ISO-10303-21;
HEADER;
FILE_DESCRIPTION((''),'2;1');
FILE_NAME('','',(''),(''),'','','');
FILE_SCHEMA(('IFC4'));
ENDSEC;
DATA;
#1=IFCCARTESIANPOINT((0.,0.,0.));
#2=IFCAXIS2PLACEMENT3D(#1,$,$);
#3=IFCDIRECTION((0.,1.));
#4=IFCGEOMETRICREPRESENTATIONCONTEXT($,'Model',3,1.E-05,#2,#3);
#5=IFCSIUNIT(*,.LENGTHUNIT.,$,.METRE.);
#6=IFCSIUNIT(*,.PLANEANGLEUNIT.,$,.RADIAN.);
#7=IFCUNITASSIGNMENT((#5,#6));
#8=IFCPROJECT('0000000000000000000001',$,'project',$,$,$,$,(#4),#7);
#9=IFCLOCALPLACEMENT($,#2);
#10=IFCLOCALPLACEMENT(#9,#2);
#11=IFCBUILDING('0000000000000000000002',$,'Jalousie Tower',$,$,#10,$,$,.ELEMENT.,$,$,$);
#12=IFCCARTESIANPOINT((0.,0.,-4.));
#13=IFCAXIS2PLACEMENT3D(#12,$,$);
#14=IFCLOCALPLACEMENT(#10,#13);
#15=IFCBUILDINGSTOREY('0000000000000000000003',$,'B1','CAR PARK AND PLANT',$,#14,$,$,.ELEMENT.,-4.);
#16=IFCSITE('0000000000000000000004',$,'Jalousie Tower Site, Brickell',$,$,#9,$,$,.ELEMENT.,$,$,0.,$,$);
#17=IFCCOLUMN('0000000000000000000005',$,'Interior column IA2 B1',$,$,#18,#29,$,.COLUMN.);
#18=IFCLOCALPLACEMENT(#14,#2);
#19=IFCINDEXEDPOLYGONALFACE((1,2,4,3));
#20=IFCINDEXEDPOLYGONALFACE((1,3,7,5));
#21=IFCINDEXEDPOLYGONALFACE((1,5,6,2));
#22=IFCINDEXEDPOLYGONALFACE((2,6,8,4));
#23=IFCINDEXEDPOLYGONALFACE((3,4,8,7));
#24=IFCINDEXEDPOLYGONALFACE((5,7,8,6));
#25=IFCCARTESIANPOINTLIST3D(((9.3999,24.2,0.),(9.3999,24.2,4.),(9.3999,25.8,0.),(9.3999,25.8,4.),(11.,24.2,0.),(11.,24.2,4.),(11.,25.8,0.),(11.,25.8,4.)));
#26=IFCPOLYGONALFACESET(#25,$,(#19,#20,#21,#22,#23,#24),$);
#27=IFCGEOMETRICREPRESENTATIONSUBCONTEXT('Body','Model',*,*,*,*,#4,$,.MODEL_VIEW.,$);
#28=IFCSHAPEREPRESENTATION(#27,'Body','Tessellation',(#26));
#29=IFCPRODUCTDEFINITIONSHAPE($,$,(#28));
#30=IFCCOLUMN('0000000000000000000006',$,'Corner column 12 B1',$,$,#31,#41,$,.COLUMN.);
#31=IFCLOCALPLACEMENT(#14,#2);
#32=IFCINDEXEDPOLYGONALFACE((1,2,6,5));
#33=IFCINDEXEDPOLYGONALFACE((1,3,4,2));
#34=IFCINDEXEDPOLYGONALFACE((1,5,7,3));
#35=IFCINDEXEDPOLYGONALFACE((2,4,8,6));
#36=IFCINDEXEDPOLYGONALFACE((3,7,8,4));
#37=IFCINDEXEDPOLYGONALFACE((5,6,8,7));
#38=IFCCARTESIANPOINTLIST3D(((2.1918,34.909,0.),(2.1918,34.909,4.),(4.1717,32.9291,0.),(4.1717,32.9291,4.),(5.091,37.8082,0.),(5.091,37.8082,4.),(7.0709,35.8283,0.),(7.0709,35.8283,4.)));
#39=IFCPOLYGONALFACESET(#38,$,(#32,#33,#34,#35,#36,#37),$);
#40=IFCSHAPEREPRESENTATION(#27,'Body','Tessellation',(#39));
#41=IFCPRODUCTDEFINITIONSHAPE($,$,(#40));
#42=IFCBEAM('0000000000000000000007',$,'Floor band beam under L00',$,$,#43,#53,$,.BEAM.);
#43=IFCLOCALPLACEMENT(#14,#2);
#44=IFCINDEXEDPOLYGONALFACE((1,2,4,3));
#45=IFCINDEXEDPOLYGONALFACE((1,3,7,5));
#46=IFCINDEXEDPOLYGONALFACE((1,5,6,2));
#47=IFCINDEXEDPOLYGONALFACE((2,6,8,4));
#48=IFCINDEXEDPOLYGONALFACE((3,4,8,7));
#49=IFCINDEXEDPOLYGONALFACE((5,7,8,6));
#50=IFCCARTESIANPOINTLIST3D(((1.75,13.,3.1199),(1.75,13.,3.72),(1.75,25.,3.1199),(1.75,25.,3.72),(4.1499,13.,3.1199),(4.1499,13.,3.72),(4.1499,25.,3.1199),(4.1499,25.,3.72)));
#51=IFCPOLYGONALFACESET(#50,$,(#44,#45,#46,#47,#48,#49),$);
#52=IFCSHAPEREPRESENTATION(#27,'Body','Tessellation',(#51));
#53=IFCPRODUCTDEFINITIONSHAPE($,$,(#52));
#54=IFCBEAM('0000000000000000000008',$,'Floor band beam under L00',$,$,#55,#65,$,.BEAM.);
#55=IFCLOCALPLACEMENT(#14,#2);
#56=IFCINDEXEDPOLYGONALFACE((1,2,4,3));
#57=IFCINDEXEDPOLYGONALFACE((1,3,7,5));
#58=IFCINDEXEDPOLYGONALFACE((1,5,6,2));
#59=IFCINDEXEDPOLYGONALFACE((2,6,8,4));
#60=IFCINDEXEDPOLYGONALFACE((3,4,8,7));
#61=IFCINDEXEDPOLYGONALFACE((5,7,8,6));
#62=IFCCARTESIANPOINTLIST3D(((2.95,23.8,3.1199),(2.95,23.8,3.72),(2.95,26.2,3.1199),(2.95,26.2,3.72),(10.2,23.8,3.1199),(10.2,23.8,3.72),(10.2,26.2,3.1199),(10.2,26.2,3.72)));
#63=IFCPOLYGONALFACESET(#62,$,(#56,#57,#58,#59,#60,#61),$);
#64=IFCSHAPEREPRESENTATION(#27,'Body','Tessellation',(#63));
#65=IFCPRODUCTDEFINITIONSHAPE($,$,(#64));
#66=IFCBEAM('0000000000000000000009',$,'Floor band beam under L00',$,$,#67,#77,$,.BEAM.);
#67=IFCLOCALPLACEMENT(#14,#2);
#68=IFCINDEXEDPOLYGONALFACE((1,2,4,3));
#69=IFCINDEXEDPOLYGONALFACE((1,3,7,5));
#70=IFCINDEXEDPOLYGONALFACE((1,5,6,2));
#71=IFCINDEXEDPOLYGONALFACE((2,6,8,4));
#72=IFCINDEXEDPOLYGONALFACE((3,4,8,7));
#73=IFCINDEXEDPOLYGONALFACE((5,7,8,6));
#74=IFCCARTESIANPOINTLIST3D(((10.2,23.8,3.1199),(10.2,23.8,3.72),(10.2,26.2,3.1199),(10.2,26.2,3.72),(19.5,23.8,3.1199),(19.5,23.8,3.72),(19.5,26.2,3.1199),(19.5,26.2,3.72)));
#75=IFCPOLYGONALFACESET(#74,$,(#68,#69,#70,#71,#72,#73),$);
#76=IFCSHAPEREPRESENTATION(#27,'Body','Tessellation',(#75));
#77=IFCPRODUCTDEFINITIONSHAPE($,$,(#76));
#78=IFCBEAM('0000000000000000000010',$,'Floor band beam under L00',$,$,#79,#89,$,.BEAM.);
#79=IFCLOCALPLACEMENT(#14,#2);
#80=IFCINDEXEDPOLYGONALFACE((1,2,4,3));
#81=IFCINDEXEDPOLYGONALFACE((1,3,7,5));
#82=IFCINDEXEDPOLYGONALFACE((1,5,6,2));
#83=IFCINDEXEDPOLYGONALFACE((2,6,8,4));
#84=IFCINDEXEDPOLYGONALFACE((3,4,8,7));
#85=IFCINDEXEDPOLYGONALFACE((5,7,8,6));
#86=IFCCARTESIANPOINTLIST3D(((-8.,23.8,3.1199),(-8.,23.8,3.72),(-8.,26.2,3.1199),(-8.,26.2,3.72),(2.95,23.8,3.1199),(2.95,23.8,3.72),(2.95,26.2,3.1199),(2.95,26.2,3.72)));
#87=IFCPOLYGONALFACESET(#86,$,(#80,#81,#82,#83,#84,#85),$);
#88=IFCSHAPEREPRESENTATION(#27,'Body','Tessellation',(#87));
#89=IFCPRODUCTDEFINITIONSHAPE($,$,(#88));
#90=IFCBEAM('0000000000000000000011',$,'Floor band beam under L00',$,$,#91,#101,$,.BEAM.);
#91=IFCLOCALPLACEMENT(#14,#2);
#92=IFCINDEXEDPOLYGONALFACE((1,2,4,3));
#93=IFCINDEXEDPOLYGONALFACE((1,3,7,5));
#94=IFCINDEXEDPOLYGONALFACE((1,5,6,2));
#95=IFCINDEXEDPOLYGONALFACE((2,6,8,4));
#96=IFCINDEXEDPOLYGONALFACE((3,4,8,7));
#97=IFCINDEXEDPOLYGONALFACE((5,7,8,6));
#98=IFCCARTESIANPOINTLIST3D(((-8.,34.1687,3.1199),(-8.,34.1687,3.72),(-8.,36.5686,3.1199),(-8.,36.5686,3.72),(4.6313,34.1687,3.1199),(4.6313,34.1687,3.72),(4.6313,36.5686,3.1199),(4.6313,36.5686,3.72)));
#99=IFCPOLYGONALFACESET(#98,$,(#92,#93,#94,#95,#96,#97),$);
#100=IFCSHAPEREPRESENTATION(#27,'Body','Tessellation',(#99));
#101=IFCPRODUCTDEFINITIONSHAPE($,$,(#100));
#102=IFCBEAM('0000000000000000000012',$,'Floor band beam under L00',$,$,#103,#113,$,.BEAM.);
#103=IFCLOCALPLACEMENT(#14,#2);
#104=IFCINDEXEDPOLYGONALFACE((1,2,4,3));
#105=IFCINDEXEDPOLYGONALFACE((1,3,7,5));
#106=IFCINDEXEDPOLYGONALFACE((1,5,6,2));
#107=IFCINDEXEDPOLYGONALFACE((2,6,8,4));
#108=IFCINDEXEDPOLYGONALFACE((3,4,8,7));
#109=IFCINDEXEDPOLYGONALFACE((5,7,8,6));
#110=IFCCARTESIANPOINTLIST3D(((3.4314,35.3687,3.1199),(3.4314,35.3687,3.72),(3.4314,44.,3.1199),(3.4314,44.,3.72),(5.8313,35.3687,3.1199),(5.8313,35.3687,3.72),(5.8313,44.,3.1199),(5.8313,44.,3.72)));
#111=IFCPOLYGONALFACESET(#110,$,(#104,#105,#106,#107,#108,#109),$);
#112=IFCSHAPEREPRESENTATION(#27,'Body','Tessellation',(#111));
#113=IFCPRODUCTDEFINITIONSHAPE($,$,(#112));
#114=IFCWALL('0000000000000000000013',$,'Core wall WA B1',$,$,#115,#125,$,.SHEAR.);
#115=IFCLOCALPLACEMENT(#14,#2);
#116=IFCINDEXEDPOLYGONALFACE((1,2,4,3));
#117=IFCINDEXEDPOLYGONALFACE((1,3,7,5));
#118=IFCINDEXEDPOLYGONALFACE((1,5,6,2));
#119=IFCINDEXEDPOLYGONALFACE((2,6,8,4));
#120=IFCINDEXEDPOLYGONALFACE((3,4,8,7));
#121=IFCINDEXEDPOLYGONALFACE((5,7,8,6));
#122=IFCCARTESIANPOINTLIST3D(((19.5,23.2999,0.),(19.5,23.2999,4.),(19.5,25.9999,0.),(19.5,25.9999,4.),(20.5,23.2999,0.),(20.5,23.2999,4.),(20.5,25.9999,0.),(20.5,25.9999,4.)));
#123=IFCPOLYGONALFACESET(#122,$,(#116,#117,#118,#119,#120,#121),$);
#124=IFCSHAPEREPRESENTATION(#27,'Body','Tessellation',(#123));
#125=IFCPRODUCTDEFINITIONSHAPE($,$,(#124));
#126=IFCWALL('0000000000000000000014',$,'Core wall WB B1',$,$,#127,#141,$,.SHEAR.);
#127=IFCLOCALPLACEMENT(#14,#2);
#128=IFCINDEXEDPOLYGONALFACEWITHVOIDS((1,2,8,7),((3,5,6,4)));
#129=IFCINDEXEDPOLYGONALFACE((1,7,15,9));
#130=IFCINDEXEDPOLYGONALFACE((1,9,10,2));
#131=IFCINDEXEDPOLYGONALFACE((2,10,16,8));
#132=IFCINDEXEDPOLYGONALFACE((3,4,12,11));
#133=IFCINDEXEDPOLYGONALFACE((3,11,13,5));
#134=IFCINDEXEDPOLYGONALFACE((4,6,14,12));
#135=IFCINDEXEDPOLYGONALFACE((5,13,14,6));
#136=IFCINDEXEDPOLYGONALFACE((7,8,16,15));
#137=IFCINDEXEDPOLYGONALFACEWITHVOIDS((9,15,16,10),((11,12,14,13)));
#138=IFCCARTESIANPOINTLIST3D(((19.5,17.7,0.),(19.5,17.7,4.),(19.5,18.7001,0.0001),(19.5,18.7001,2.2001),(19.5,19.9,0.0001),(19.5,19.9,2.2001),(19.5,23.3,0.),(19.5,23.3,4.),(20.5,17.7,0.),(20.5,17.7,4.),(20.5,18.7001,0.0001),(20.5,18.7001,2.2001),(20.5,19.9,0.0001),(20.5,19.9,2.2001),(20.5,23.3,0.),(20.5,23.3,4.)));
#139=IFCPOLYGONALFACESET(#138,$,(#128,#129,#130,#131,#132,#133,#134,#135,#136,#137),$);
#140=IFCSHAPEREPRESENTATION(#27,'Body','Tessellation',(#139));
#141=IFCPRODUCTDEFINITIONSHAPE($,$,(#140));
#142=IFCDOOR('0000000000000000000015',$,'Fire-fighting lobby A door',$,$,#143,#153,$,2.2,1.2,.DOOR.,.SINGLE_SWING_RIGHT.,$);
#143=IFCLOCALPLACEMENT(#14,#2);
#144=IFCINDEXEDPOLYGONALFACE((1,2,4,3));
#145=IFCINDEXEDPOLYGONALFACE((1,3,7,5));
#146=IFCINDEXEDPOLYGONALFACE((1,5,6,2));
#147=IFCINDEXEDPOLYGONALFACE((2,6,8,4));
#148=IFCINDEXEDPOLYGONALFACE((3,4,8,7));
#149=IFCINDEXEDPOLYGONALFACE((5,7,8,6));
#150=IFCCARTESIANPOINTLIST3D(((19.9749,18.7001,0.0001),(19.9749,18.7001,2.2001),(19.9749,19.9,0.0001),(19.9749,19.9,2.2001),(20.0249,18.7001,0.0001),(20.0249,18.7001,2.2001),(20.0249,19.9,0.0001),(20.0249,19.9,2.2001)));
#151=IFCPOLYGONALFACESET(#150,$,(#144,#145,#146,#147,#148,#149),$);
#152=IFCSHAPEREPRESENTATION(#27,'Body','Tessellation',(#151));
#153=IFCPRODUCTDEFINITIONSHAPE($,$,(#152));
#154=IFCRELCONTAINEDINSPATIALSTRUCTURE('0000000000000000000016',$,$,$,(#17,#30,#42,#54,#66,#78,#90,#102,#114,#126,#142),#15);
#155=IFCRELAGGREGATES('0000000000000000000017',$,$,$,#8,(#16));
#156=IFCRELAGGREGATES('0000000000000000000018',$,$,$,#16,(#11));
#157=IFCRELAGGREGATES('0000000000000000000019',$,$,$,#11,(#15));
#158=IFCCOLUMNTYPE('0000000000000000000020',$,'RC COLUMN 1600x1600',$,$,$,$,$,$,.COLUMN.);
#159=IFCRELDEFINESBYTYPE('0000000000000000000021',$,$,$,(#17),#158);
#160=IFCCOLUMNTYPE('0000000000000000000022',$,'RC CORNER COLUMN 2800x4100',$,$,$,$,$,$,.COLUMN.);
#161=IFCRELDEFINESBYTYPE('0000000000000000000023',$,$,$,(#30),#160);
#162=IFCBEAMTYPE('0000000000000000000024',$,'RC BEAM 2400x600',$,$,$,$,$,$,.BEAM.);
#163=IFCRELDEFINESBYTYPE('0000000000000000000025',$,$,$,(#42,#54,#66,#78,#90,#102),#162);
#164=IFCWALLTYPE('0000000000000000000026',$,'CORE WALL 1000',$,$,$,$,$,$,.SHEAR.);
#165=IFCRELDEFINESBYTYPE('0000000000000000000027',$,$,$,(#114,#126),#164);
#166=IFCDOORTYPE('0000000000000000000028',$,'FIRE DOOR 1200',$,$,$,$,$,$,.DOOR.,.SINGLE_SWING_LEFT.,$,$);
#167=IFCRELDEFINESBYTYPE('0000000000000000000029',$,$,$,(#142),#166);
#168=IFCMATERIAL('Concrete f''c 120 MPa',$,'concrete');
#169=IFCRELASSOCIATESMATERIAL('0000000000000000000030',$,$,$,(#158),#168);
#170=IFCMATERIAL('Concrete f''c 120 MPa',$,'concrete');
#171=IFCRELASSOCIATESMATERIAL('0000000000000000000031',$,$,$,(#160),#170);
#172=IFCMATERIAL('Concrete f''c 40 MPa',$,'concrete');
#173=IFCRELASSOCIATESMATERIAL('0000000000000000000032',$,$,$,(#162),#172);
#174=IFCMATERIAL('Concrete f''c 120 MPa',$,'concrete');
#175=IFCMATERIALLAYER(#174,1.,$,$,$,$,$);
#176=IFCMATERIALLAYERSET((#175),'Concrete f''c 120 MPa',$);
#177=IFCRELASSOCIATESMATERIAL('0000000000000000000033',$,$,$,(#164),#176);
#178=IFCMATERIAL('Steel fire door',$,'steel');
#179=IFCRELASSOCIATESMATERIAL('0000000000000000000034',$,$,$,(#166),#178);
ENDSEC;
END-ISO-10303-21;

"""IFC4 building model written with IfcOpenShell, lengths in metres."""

from ifc_helpers import new_model, si_unit, direction, frame, frame_2d, origin, origin_2d, place, context, subcontext, project, spatial, rectangle, extrude, material, layer, layer_set, material_profile, profile_set, type_object, element, fill, save


model = new_model("IFC4")

# Units and contexts
model_context = context("Model", 3, precision=1e-05, world=origin(), true_north=direction((0.0, 1.0)))
body_context = subcontext(model_context, "Body", "Model", "MODEL_VIEW")
ifc_project = project(units=[si_unit("LENGTHUNIT", "METRE"), si_unit("PLANEANGLEUNIT", "RADIAN")], contexts=[model_context])

# Site, building, storey
site_placement = place(None, origin())
site = spatial("IfcSite", under=ifc_project, at=site_placement, Name="Jalousie Tower Site, Brickell", CompositionType="ELEMENT", RefElevation=0.0)
building_placement = place(site_placement, origin())
building = spatial("IfcBuilding", under=site, at=building_placement, Name="Jalousie Tower", CompositionType="ELEMENT")
storey_placement = place(building_placement, frame((0.0, 0.0, -4.0)))
storey = spatial("IfcBuildingStorey", under=building, at=storey_placement, Name="B1", Description="CAR PARK AND PLANT", CompositionType="ELEMENT", Elevation=-4.0)

# Columns
ifc_material_1 = material(Name="Concrete f'c 120 MPa", Category="concrete")
ifc_material_profile_1 = material_profile(ifc_material_1, rectangle(XDim=1.6001, YDim=1.6001, at=origin_2d()), Name="RC 1600x1600")
ifc_profile_set_1 = profile_set([ifc_material_profile_1], Name="Concrete f'c 120 MPa")
column_type_1 = type_object("IfcColumnType", Name="RC COLUMN 1600x1600", PredefinedType="COLUMN", material=ifc_profile_set_1)
column_1_placement = place(storey_placement, frame((10.2, 25.0, 0.0), z_axis=(0.0, 0.0, 1.0), x_axis=(1.0, 0.0, 0.0)))
element("IfcColumn", 1, at=column_1_placement, inside=storey, type_object=column_type_1, Name="Interior column IA2 B1", PredefinedType="COLUMN", context=body_context, shape_type="SweptSolid", body=[
    extrude(rectangle(XDim=1.6001, YDim=1.6001, at=origin_2d()), origin(), (0.0, 0.0, 1.0), 4.0),
])
ifc_material_2 = material(Name="Concrete f'c 120 MPa", Category="concrete")
ifc_material_profile_2 = material_profile(ifc_material_2, rectangle(XDim=2.8, YDim=4.1001, at=origin_2d()), Name="RC 2800x4100")
ifc_profile_set_2 = profile_set([ifc_material_profile_2], Name="Concrete f'c 120 MPa")
column_type_2 = type_object("IfcColumnType", Name="RC CORNER COLUMN 2800x4100", PredefinedType="COLUMN", material=ifc_profile_set_2)
column_2_placement = place(storey_placement, frame((4.6313, 35.3687, 0.0), z_axis=(0.0, 0.0, 1.0), x_axis=(0.707107, -0.707107, 0.0)))
element("IfcColumn", 2, at=column_2_placement, inside=storey, type_object=column_type_2, Name="Corner column 12 B1", PredefinedType="COLUMN", context=body_context, shape_type="SweptSolid", body=[
    extrude(rectangle(XDim=2.8, YDim=4.1001, at=origin_2d()), origin(), (0.0, 0.0, 1.0), 4.0),
])

# Beams
ifc_material_3 = material(Name="Concrete f'c 40 MPa", Category="concrete")
ifc_material_profile_3 = material_profile(ifc_material_3, rectangle(XDim=2.3999, YDim=0.6001, at=origin_2d()), Name="RC 2400x600")
ifc_profile_set_3 = profile_set([ifc_material_profile_3], Name="Concrete f'c 40 MPa")
beam_type = type_object("IfcBeamType", Name="RC BEAM 2400x600", PredefinedType="BEAM", material=ifc_profile_set_3)
beam_1_placement = place(storey_placement, frame((2.95, 25.0, 3.4199), z_axis=(0.0, -1.0, 0.0), x_axis=(1.0, 0.0, 0.0)))
element("IfcBeam", 3, at=beam_1_placement, inside=storey, type_object=beam_type, Name="Floor band beam under L00", PredefinedType="BEAM", context=body_context, shape_type="SweptSolid", body=[
    extrude(rectangle(XDim=2.3999, YDim=0.6001, at=origin_2d()), origin(), (0.0, 0.0, 1.0), 12.0),
])
beam_2_placement = place(storey_placement, frame((2.95, 25.0, 3.4199), z_axis=(1.0, 0.0, 0.0), x_axis=(0.0, 1.0, 0.0)))
element("IfcBeam", 4, at=beam_2_placement, inside=storey, type_object=beam_type, Name="Floor band beam under L00", PredefinedType="BEAM", context=body_context, shape_type="SweptSolid", body=[
    extrude(rectangle(XDim=2.3999, YDim=0.6001, at=origin_2d()), origin(), (0.0, 0.0, 1.0), 7.25),
])
beam_3_placement = place(storey_placement, frame((10.2, 25.0, 3.4199), z_axis=(1.0, 0.0, 0.0), x_axis=(0.0, 1.0, 0.0)))
element("IfcBeam", 5, at=beam_3_placement, inside=storey, type_object=beam_type, Name="Floor band beam under L00", PredefinedType="BEAM", context=body_context, shape_type="SweptSolid", body=[
    extrude(rectangle(XDim=2.3999, YDim=0.6001, at=origin_2d()), origin(), (0.0, 0.0, 1.0), 9.3),
])
beam_4_placement = place(storey_placement, frame((2.95, 25.0, 3.4199), z_axis=(-1.0, 0.0, 0.0), x_axis=(0.0, -1.0, 0.0)))
element("IfcBeam", 6, at=beam_4_placement, inside=storey, type_object=beam_type, Name="Floor band beam under L00", PredefinedType="BEAM", context=body_context, shape_type="SweptSolid", body=[
    extrude(rectangle(XDim=2.3999, YDim=0.6001, at=origin_2d()), origin(), (0.0, 0.0, 1.0), 10.95),
])
beam_5_placement = place(storey_placement, frame((4.6313, 35.3687, 3.4199), z_axis=(-1.0, 0.0, 0.0), x_axis=(0.0, -1.0, 0.0)))
element("IfcBeam", 7, at=beam_5_placement, inside=storey, type_object=beam_type, Name="Floor band beam under L00", PredefinedType="BEAM", context=body_context, shape_type="SweptSolid", body=[
    extrude(rectangle(XDim=2.3999, YDim=0.6001, at=origin_2d()), origin(), (0.0, 0.0, 1.0), 12.6313),
])
beam_6_placement = place(storey_placement, frame((4.6313, 35.3687, 3.4199), z_axis=(0.0, 1.0, 0.0), x_axis=(-1.0, 0.0, 0.0)))
element("IfcBeam", 8, at=beam_6_placement, inside=storey, type_object=beam_type, Name="Floor band beam under L00", PredefinedType="BEAM", context=body_context, shape_type="SweptSolid", body=[
    extrude(rectangle(XDim=2.3999, YDim=0.6001, at=origin_2d()), origin(), (0.0, 0.0, 1.0), 8.6313),
])

# Wall
ifc_material_4 = material(Name="Concrete f'c 120 MPa", Category="concrete")
ifc_layer_1 = layer(ifc_material_4, 1.0)
ifc_layer_set_1 = layer_set([ifc_layer_1], Name="Concrete f'c 120 MPa")
wall_type_1 = type_object("IfcWallType", Name="CORE WALL 1000", PredefinedType="SHEAR", material=ifc_layer_set_1)
wall_1_placement = place(storey_placement, frame((20.0, 26.0, 0.0), z_axis=(0.0, 0.0, 1.0), x_axis=(0.0, -1.0, 0.0)))
element("IfcWall", 9, at=wall_1_placement, inside=storey, type_object=wall_type_1, Name="Core wall WA B1", PredefinedType="SHEAR", context=body_context, shape_type="SweptSolid", body=[
    extrude(rectangle(XDim=2.7, YDim=1.0, at=frame_2d((1.3501, 0.0))), origin(), (0.0, 0.0, 1.0), 4.0),
])

# Wall, opening, door
wall_2_placement = place(storey_placement, frame((20.0, 23.3, 0.0), z_axis=(0.0, 0.0, 1.0), x_axis=(0.0, -1.0, 0.0)))
wall_2 = element("IfcWall", 10, at=wall_2_placement, inside=storey, type_object=wall_type_1, Name="Core wall WB B1", PredefinedType="SHEAR", context=body_context, shape_type="SweptSolid", body=[
    extrude(rectangle(XDim=5.6001, YDim=1.0, at=frame_2d((2.8, 0.0))), origin(), (0.0, 0.0, 1.0), 4.0),
])
opening_1_placement = place(wall_2_placement, frame((3.3999, 0.0, 0.0)))
opening_1 = element("IfcOpeningElement", 11, at=opening_1_placement, cuts=wall_2, PredefinedType="OPENING", context=body_context, shape_type="SweptSolid", body=[
    extrude(rectangle(XDim=1.2, YDim=2.2, at=frame_2d((0.6001, 1.1001))), frame((0.0, 0.51, 0.0), z_axis=(0.0, -1.0, 0.0), x_axis=(1.0, 0.0, 0.0)), (0.0, 0.0, 1.0), 1.02),
])
ifc_material_5 = material(Name="Steel fire door", Category="steel")
door_type_1 = type_object("IfcDoorType", Name="FIRE DOOR 1200", OperationType="SINGLE_SWING_LEFT", PredefinedType="DOOR", material=ifc_material_5)
door_1_placement = place(opening_1_placement, origin())
door_1 = element("IfcDoor", 12, at=door_1_placement, inside=storey, type_object=door_type_1, Name="Fire-fighting lobby A door", OperationType="SINGLE_SWING_RIGHT", OverallHeight=2.2, OverallWidth=1.2, PredefinedType="DOOR", context=body_context, shape_type="SweptSolid", body=[
    extrude(rectangle(XDim=1.2, YDim=2.2, at=frame_2d((0.6001, 1.1001))), frame((0.0, 0.0249, 0.0), z_axis=(0.0, -1.0, 0.0), x_axis=(1.0, 0.0, 0.0)), (0.0, 0.0, 1.0), 0.05),
])
fill(opening_1, door_1)

save(model, "model.ifc")
